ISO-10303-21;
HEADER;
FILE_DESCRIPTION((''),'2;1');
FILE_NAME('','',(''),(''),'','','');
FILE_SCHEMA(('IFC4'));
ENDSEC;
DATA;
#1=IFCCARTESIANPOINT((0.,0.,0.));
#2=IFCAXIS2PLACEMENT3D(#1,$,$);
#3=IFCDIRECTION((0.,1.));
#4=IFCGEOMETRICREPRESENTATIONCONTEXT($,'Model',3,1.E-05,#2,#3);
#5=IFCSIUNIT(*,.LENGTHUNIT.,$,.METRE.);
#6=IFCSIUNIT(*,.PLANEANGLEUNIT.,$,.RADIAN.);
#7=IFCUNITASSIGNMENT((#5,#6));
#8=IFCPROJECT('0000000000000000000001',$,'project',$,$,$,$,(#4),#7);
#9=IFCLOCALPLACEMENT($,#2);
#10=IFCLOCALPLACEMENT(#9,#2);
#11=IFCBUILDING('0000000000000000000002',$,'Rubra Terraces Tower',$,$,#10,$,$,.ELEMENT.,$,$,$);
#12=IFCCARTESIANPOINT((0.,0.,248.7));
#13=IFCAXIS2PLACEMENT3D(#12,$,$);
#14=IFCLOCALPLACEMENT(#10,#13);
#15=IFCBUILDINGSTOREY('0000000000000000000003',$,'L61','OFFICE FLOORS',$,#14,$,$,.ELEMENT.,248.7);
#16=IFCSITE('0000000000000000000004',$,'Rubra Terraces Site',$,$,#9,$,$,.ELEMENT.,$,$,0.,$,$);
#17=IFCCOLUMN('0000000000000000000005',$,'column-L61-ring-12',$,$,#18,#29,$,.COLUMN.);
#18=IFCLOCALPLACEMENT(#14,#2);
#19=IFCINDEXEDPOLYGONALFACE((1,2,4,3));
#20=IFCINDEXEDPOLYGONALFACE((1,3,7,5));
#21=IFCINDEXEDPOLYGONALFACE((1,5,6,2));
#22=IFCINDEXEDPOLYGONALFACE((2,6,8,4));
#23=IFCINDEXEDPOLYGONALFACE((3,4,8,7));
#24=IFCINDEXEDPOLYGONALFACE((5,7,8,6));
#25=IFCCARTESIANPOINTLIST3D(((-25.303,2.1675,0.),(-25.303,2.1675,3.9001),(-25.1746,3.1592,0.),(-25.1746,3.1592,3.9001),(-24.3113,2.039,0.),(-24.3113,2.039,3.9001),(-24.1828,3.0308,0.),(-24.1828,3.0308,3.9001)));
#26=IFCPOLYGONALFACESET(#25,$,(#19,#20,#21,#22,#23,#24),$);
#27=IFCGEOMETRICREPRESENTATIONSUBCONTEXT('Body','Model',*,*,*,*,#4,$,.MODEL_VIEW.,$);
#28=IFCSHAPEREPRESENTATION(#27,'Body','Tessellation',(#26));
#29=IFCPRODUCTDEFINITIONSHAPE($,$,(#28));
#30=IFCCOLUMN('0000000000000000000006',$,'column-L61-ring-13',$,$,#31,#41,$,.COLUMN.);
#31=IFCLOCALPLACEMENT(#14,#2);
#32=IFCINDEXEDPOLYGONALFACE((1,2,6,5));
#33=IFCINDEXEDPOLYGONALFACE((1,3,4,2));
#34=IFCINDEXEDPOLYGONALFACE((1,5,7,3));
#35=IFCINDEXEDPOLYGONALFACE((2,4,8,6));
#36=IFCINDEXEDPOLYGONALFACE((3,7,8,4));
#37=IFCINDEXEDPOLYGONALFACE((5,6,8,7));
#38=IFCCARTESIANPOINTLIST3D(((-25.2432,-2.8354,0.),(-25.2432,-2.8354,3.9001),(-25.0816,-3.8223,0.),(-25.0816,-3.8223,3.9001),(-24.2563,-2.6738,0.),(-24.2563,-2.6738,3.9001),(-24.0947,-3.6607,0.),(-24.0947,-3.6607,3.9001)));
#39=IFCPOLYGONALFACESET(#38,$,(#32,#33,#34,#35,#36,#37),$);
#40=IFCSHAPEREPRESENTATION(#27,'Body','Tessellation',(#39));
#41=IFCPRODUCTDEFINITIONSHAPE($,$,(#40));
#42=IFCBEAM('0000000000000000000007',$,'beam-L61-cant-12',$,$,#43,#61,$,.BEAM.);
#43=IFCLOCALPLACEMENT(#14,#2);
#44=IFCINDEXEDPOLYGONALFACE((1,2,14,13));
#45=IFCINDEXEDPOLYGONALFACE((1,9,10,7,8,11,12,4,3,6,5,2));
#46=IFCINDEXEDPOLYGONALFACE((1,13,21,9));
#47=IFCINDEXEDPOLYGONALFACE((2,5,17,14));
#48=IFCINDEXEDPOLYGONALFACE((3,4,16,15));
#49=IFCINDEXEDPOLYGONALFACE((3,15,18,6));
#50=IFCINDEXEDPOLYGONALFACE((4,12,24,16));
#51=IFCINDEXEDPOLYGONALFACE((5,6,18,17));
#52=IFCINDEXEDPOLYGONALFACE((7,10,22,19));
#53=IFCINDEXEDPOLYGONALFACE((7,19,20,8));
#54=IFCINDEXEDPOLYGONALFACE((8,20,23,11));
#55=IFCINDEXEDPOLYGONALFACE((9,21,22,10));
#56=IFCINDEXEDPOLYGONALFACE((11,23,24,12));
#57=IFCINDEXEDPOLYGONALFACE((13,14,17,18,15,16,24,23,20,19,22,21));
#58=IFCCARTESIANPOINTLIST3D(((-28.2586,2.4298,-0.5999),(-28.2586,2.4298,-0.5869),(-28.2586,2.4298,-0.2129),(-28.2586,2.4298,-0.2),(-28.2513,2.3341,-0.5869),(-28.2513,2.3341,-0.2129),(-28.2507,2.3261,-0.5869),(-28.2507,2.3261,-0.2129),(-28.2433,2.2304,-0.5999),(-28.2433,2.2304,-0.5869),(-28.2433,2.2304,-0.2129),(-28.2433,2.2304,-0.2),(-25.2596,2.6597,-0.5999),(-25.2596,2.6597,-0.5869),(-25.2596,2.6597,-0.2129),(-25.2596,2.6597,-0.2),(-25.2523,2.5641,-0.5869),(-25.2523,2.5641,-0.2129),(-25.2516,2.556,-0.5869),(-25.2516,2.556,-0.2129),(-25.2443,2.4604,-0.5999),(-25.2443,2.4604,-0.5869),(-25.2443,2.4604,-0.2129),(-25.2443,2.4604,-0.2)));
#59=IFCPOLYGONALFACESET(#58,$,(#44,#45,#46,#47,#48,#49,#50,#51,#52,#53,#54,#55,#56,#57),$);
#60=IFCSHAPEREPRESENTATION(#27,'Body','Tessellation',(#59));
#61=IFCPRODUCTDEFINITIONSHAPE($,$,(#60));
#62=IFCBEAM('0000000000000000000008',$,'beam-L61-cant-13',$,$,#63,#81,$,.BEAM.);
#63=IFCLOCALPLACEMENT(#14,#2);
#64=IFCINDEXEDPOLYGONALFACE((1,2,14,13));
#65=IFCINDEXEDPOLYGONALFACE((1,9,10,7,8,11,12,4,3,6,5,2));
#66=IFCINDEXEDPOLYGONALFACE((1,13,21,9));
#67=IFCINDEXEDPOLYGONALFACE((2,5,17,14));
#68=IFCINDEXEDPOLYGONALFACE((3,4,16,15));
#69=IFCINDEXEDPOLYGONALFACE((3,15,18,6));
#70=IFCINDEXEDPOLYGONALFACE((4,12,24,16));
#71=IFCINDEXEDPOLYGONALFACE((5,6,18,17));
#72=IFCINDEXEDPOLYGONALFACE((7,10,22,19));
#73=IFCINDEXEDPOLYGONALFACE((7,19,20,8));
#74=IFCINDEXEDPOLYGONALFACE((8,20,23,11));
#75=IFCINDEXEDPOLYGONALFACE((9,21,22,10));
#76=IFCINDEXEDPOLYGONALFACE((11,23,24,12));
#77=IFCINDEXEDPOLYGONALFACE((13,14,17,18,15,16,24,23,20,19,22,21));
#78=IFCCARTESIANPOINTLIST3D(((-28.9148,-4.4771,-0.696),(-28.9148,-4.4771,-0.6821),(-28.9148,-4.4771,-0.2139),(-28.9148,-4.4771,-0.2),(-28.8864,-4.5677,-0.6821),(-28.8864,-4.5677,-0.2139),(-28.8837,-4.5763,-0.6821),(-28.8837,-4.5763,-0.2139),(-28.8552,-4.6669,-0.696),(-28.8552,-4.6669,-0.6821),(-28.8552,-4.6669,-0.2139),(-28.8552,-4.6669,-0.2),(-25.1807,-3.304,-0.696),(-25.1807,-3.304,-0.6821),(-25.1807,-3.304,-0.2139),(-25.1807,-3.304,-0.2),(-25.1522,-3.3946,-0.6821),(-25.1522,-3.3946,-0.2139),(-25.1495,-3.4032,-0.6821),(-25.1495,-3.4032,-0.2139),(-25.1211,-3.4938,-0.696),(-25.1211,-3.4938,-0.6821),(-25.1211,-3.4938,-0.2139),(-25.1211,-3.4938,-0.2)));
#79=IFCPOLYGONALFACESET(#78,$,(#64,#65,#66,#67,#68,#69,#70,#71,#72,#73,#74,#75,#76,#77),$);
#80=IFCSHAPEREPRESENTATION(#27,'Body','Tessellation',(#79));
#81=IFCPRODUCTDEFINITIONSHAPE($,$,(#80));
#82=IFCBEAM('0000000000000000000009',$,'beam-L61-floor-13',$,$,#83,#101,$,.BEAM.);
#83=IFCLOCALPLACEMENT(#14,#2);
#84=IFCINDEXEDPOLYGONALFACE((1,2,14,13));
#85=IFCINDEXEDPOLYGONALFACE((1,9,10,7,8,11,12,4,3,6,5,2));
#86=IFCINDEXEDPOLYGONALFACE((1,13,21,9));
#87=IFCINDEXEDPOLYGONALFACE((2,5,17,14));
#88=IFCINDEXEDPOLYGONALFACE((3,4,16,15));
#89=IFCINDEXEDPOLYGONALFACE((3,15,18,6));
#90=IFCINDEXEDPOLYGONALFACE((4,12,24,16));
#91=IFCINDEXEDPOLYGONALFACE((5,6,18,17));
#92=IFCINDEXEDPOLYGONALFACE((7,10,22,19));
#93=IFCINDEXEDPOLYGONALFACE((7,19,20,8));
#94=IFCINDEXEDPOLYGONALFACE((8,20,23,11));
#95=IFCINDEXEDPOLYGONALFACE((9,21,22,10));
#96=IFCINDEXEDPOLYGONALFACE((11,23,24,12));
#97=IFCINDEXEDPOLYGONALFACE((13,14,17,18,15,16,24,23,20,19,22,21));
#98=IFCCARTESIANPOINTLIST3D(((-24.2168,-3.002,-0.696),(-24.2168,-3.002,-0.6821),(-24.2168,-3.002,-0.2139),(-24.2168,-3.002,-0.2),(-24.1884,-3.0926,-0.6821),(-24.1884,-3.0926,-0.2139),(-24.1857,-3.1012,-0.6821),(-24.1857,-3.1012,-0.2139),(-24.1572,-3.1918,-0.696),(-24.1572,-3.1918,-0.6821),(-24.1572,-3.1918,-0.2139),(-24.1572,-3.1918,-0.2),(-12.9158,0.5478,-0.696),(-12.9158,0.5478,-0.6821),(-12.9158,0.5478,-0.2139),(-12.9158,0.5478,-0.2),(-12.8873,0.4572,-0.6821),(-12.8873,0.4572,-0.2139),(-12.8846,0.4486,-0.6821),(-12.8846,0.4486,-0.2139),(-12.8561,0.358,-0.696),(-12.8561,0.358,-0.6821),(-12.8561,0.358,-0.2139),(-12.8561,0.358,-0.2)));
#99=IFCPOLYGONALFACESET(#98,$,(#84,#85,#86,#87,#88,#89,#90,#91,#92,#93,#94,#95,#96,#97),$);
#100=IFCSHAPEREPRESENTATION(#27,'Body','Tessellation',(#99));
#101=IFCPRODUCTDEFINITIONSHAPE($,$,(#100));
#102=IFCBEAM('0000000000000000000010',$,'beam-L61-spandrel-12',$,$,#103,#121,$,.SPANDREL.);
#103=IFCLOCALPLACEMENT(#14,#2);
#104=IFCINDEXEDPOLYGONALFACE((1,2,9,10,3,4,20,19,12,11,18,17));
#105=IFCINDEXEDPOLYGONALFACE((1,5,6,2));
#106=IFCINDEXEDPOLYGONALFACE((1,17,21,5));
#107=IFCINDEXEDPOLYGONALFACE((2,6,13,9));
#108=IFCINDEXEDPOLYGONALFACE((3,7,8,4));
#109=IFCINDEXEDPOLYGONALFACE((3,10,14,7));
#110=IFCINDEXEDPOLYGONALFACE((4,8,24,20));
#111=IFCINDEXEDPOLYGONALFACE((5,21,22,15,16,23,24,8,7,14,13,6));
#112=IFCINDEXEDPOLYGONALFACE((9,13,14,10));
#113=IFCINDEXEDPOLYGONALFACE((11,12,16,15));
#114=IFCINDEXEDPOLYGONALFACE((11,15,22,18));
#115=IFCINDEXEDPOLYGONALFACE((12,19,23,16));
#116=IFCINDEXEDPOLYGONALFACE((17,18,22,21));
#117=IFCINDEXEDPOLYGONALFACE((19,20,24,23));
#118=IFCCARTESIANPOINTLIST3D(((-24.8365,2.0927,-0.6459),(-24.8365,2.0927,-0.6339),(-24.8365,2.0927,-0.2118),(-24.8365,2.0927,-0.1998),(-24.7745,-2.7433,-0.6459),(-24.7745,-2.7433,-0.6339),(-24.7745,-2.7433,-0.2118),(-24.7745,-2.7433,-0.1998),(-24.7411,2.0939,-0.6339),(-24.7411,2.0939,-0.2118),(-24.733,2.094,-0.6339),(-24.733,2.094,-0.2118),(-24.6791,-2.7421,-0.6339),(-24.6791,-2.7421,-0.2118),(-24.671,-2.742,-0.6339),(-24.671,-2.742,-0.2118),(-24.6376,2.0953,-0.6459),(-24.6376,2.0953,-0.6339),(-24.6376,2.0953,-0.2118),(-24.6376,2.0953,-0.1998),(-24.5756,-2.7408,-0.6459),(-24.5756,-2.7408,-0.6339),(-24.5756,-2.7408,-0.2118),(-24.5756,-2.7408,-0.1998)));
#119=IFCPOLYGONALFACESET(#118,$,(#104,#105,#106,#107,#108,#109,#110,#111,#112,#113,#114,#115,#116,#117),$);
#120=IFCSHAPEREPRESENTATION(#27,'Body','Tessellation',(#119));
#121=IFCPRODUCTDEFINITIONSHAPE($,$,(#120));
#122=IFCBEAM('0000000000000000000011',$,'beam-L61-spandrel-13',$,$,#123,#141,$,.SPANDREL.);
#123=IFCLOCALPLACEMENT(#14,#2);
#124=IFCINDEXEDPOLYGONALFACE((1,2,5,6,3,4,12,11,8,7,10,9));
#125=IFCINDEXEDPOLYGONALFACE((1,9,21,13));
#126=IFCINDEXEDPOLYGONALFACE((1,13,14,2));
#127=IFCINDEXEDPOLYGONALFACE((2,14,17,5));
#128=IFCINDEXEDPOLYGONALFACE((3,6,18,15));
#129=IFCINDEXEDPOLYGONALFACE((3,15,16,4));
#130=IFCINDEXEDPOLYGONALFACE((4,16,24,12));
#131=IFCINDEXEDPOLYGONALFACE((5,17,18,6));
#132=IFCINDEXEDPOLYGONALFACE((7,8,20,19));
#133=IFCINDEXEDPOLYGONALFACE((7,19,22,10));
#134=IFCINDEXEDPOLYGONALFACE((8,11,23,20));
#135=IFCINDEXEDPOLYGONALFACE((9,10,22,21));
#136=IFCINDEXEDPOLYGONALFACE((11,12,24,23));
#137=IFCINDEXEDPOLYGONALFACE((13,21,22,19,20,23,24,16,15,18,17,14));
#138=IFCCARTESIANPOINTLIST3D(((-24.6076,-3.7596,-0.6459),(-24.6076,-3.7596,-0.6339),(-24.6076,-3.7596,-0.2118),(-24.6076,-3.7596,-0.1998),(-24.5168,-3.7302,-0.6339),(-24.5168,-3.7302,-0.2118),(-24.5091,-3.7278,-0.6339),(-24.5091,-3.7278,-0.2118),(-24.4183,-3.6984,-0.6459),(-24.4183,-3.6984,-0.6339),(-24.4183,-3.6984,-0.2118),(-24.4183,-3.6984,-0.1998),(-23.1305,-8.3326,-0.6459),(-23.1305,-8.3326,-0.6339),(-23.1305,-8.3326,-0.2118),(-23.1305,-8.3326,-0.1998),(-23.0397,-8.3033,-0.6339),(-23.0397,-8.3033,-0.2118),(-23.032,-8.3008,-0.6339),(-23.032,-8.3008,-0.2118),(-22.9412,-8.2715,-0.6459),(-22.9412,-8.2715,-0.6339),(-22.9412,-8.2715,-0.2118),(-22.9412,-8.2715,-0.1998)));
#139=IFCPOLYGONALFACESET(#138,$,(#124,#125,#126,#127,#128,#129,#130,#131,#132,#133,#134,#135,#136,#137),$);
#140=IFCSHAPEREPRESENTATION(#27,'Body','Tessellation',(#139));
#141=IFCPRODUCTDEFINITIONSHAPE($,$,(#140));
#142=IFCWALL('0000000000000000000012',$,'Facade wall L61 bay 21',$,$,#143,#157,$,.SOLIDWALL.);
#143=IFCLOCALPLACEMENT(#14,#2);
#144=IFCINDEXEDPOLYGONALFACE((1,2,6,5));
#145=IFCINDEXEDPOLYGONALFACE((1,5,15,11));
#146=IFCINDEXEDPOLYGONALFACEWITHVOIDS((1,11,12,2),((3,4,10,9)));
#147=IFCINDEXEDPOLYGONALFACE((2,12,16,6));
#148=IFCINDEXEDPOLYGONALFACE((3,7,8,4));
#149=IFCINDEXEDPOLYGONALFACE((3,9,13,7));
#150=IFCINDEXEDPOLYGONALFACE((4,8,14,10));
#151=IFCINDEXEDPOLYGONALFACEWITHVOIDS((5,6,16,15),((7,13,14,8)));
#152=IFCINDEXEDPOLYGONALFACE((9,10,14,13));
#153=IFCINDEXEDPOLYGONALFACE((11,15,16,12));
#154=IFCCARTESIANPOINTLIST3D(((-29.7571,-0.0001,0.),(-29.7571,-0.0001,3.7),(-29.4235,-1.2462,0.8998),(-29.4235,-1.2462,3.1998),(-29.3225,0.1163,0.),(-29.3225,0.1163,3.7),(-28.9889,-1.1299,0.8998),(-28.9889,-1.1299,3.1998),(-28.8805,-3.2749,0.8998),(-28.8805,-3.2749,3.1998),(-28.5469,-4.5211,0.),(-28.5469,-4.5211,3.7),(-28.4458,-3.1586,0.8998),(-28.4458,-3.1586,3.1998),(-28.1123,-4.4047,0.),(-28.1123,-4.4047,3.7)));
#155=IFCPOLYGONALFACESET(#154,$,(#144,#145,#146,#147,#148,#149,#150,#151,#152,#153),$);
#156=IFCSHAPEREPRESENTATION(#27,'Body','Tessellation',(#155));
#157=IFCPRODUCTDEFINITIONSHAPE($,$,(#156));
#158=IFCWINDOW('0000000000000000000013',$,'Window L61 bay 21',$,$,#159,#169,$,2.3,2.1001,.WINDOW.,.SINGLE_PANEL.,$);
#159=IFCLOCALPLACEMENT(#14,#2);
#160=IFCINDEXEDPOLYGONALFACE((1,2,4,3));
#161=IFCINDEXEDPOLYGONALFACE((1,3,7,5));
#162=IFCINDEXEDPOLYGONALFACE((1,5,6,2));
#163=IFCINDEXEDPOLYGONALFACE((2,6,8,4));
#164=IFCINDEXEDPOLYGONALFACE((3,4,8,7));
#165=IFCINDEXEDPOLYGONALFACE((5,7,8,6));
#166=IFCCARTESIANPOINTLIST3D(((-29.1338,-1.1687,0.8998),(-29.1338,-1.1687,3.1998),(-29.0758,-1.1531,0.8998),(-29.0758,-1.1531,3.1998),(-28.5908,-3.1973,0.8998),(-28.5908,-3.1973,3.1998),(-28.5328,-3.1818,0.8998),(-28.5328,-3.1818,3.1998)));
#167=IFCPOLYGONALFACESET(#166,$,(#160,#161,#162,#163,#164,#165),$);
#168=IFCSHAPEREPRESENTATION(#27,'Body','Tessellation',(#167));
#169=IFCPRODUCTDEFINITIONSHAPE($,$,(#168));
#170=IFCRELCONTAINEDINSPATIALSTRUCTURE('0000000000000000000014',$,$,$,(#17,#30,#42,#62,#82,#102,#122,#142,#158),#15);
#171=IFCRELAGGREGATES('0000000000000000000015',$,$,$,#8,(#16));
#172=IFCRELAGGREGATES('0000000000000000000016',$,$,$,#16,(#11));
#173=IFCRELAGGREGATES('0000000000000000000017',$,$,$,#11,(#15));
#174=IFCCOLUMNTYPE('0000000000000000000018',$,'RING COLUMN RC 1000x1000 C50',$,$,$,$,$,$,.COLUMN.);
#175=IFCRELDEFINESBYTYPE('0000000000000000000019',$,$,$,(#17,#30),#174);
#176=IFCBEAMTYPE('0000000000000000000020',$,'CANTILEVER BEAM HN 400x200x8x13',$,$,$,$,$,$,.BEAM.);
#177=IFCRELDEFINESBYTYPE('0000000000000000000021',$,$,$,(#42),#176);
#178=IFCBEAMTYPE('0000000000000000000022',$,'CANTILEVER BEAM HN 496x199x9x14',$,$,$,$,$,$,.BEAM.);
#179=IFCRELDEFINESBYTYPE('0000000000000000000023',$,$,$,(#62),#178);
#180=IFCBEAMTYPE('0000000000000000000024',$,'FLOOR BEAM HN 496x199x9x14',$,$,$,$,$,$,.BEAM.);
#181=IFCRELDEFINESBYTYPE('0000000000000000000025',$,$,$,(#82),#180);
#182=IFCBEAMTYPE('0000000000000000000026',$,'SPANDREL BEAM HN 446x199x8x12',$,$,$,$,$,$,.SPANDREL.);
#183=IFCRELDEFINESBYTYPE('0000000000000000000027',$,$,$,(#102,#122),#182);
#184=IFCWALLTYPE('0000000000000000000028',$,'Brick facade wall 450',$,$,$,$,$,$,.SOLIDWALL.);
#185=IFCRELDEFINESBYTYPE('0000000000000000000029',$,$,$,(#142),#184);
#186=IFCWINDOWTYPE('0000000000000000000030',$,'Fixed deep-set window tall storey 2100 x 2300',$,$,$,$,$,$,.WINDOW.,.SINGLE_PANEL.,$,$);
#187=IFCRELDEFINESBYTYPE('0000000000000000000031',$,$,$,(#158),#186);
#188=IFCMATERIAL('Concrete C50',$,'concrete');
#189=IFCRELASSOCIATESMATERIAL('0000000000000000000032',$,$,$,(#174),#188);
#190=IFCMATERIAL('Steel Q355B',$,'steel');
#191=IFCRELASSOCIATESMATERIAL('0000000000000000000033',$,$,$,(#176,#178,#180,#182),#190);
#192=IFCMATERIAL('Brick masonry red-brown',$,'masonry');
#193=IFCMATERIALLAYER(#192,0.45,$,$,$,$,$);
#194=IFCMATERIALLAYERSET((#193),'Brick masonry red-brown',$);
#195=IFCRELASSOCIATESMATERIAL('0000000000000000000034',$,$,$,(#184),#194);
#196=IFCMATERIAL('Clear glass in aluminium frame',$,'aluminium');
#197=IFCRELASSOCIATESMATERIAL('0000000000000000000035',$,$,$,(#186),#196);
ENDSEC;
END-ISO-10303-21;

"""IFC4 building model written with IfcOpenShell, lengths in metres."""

from ifc_helpers import new_model, si_unit, direction, frame, frame_2d, origin, origin_2d, place, context, subcontext, project, spatial, rectangle, i_section, extrude, material, layer, layer_set, material_profile, profile_set, type_object, element, fill, save


model = new_model("IFC4")

# Units and contexts
model_context = context("Model", 3, precision=1e-05, world=origin(), true_north=direction((0.0, 1.0)))
body_context = subcontext(model_context, "Body", "Model", "MODEL_VIEW")
ifc_project = project(units=[si_unit("LENGTHUNIT", "METRE"), si_unit("PLANEANGLEUNIT", "RADIAN")], contexts=[model_context])

# Site, building, storey
site_placement = place(None, origin())
site = spatial("IfcSite", under=ifc_project, at=site_placement, Name="Rubra Terraces Site", CompositionType="ELEMENT", RefElevation=0.0)
building_placement = place(site_placement, origin())
building = spatial("IfcBuilding", under=site, at=building_placement, Name="Rubra Terraces Tower", CompositionType="ELEMENT")
storey_placement = place(building_placement, frame((0.0, 0.0, 248.7)))
storey = spatial("IfcBuildingStorey", under=building, at=storey_placement, Name="L61", Description="OFFICE FLOORS", CompositionType="ELEMENT", Elevation=248.7)

# Columns
ifc_material_1 = material(Name="Concrete C50", Category="concrete")
ifc_material_profile_1 = material_profile(ifc_material_1, rectangle(XDim=1.0, YDim=1.0, at=origin_2d()), Name="RC 1000x1000")
ifc_profile_set_1 = profile_set([ifc_material_profile_1], Name="Concrete C50")
column_type = type_object("IfcColumnType", Name="RING COLUMN RC 1000x1000 C50", PredefinedType="COLUMN", material=ifc_profile_set_1)
for number, where, z_axis, x_axis, name in (
    (1, (-24.7429, 2.5991, 0.0), (0.0, 0.0, 1.0), (-0.128444, -0.991717, 0.0), "column-L61-ring-12"),
    (2, (-24.6689, -3.248, 0.0), (0.0, 0.0, 1.0), (0.161559, -0.986863, 0.0), "column-L61-ring-13"),
):
    element("IfcColumn", number, at=place(storey_placement, frame(where, z_axis=z_axis, x_axis=x_axis)), inside=storey, type_object=column_type, Name=name, PredefinedType="COLUMN", context=body_context, shape_type="SweptSolid", body=[
        extrude(rectangle(XDim=1.0, YDim=1.0, at=origin_2d()), origin(), (0.0, 0.0, 1.0), 3.9001),
    ])

# Beams
ifc_material_2 = material(Name="Steel Q355B", Category="steel")
ifc_material_profile_2 = material_profile(ifc_material_2, i_section(OverallWidth=0.2, OverallDepth=0.3999, WebThickness=0.0081, FlangeThickness=0.0129, at=origin_2d()), Name="HN 400x200x8x13")
ifc_profile_set_2 = profile_set([ifc_material_profile_2], Name="Steel Q355B")
beam_type_1 = type_object("IfcBeamType", Name="CANTILEVER BEAM HN 400x200x8x13", PredefinedType="BEAM", material=ifc_profile_set_2)
beam_1_placement = place(storey_placement, frame((-25.252, 2.5601, -0.3999), z_axis=(-0.997073, -0.076461, 0.0), x_axis=(0.076461, -0.997073, 0.0)))
element("IfcBeam", 3, at=beam_1_placement, inside=storey, type_object=beam_type_1, Name="beam-L61-cant-12", PredefinedType="BEAM", context=body_context, shape_type="SweptSolid", body=[
    extrude(i_section(OverallWidth=0.2, OverallDepth=0.3999, WebThickness=0.0081, FlangeThickness=0.0129, at=origin_2d()), origin(), (0.0, 0.0, 1.0), 3.0078),
])
ifc_material_profile_3 = material_profile(ifc_material_2, i_section(OverallWidth=0.199, OverallDepth=0.4961, WebThickness=0.009, FlangeThickness=0.0139, at=origin_2d()), Name="HN 496x199x9x14")
ifc_profile_set_3 = profile_set([ifc_material_profile_3], Name="Steel Q355B")
beam_type_2 = type_object("IfcBeamType", Name="CANTILEVER BEAM HN 496x199x9x14", PredefinedType="BEAM", material=ifc_profile_set_3)
beam_2_placement = place(storey_placement, frame((-25.1509, -3.3989, -0.448), z_axis=(-0.954029, -0.299713, 0.0), x_axis=(0.299713, -0.954029, 0.0)))
element("IfcBeam", 4, at=beam_2_placement, inside=storey, type_object=beam_type_2, Name="beam-L61-cant-13", PredefinedType="BEAM", context=body_context, shape_type="SweptSolid", body=[
    extrude(i_section(OverallWidth=0.199, OverallDepth=0.4961, WebThickness=0.009, FlangeThickness=0.0139, at=origin_2d()), origin(), (0.0, 0.0, 1.0), 3.9141),
])
ifc_material_profile_4 = material_profile(ifc_material_2, i_section(OverallWidth=0.199, OverallDepth=0.4961, WebThickness=0.009, FlangeThickness=0.0139, at=origin_2d()), Name="HN 496x199x9x14")
ifc_profile_set_4 = profile_set([ifc_material_profile_4], Name="Steel Q355B")
beam_type_3 = type_object("IfcBeamType", Name="FLOOR BEAM HN 496x199x9x14", PredefinedType="BEAM", material=ifc_profile_set_4)
beam_3_placement = place(storey_placement, frame((-24.187, -3.0969, -0.448), z_axis=(0.954041, 0.299677, 0.0), x_axis=(-0.299677, 0.954041, 0.0)))
element("IfcBeam", 5, at=beam_3_placement, inside=storey, type_object=beam_type_3, Name="beam-L61-floor-13", PredefinedType="BEAM", context=body_context, shape_type="SweptSolid", body=[
    extrude(i_section(OverallWidth=0.199, OverallDepth=0.4961, WebThickness=0.009, FlangeThickness=0.0139, at=origin_2d()), origin(), (0.0, 0.0, 1.0), 11.8455),
])
ifc_material_profile_5 = material_profile(ifc_material_2, i_section(OverallWidth=0.199, OverallDepth=0.446, WebThickness=0.0081, FlangeThickness=0.012, at=origin_2d()), Name="HN 446x199x8x12")
ifc_profile_set_5 = profile_set([ifc_material_profile_5], Name="Steel Q355B")
beam_type_4 = type_object("IfcBeamType", Name="SPANDREL BEAM HN 446x199x8x12", PredefinedType="SPANDREL", material=ifc_profile_set_5)
beam_4_placement = place(storey_placement, frame((-24.7371, 2.094, -0.4229), z_axis=(0.012822, -0.999918, 0.0), x_axis=(0.999918, 0.012822, 0.0)))
element("IfcBeam", 6, at=beam_4_placement, inside=storey, type_object=beam_type_4, Name="beam-L61-spandrel-12", PredefinedType="SPANDREL", context=body_context, shape_type="SweptSolid", body=[
    extrude(i_section(OverallWidth=0.199, OverallDepth=0.446, WebThickness=0.0081, FlangeThickness=0.012, at=origin_2d()), origin(), (0.0, 0.0, 1.0), 4.8364),
])
beam_5_placement = place(storey_placement, frame((-24.5129, -3.729, -0.4229), z_axis=(0.307359, -0.951594, 0.0), x_axis=(0.951594, 0.307359, 0.0)))
element("IfcBeam", 7, at=beam_5_placement, inside=storey, type_object=beam_type_4, Name="beam-L61-spandrel-13", PredefinedType="SPANDREL", context=body_context, shape_type="SweptSolid", body=[
    extrude(i_section(OverallWidth=0.199, OverallDepth=0.446, WebThickness=0.0081, FlangeThickness=0.012, at=origin_2d()), origin(), (0.0, 0.0, 1.0), 4.8057),
])

# Wall, opening, window
ifc_material_3 = material(Name="Brick masonry red-brown", Category="masonry")
ifc_layer_1 = layer(ifc_material_3, 0.45)
ifc_layer_set_1 = layer_set([ifc_layer_1], Name="Brick masonry red-brown")
wall_type_1 = type_object("IfcWallType", Name="Brick facade wall 450", PredefinedType="SOLIDWALL", material=ifc_layer_set_1)
wall_1_placement = place(storey_placement, frame((-29.5398, 0.0581, 0.0), z_axis=(0.0, 0.0, 1.0), x_axis=(0.258581, -0.965989, 0.0)))
wall_1 = element("IfcWall", 8, at=wall_1_placement, inside=storey, type_object=wall_type_1, Name="Facade wall L61 bay 21", PredefinedType="SOLIDWALL", context=body_context, shape_type="SweptSolid", body=[
    extrude(rectangle(XDim=4.6802, YDim=0.45, at=frame_2d((2.3401, 0.0))), origin(), (0.0, 0.0, 1.0), 3.7),
])
opening_1_placement = place(wall_1_placement, frame((1.29, 0.0, 0.8999)))
opening_1 = element("IfcOpeningElement", 9, at=opening_1_placement, cuts=wall_1, PredefinedType="OPENING", context=body_context, shape_type="SweptSolid", body=[
    extrude(rectangle(XDim=2.1001, YDim=2.3, at=frame_2d((1.05, 1.1499))), frame((0.0, 0.2349, 0.0), z_axis=(0.0, -1.0, 0.0), x_axis=(1.0, 0.0, 0.0)), (0.0, 0.0, 1.0), 0.47),
])
ifc_material_4 = material(Name="Clear glass in aluminium frame", Category="aluminium")
window_type_1 = type_object("IfcWindowType", Name="Fixed deep-set window tall storey 2100 x 2300", PartitioningType="SINGLE_PANEL", PredefinedType="WINDOW", material=ifc_material_4)
window_1_placement = place(opening_1_placement, origin())
window_1 = element("IfcWindow", 10, at=window_1_placement, inside=storey, type_object=window_type_1, Name="Window L61 bay 21", OverallHeight=2.3, OverallWidth=2.1001, PartitioningType="SINGLE_PANEL", PredefinedType="WINDOW", context=body_context, shape_type="SweptSolid", body=[
    extrude(rectangle(XDim=2.1001, YDim=2.3, at=frame_2d((1.05, 1.1499))), frame((0.0, 0.135, 0.0), z_axis=(0.0, -1.0, 0.0), x_axis=(1.0, 0.0, 0.0)), (0.0, 0.0, 1.0), 0.0601),
])
fill(opening_1, window_1)

save(model, "model.ifc")
